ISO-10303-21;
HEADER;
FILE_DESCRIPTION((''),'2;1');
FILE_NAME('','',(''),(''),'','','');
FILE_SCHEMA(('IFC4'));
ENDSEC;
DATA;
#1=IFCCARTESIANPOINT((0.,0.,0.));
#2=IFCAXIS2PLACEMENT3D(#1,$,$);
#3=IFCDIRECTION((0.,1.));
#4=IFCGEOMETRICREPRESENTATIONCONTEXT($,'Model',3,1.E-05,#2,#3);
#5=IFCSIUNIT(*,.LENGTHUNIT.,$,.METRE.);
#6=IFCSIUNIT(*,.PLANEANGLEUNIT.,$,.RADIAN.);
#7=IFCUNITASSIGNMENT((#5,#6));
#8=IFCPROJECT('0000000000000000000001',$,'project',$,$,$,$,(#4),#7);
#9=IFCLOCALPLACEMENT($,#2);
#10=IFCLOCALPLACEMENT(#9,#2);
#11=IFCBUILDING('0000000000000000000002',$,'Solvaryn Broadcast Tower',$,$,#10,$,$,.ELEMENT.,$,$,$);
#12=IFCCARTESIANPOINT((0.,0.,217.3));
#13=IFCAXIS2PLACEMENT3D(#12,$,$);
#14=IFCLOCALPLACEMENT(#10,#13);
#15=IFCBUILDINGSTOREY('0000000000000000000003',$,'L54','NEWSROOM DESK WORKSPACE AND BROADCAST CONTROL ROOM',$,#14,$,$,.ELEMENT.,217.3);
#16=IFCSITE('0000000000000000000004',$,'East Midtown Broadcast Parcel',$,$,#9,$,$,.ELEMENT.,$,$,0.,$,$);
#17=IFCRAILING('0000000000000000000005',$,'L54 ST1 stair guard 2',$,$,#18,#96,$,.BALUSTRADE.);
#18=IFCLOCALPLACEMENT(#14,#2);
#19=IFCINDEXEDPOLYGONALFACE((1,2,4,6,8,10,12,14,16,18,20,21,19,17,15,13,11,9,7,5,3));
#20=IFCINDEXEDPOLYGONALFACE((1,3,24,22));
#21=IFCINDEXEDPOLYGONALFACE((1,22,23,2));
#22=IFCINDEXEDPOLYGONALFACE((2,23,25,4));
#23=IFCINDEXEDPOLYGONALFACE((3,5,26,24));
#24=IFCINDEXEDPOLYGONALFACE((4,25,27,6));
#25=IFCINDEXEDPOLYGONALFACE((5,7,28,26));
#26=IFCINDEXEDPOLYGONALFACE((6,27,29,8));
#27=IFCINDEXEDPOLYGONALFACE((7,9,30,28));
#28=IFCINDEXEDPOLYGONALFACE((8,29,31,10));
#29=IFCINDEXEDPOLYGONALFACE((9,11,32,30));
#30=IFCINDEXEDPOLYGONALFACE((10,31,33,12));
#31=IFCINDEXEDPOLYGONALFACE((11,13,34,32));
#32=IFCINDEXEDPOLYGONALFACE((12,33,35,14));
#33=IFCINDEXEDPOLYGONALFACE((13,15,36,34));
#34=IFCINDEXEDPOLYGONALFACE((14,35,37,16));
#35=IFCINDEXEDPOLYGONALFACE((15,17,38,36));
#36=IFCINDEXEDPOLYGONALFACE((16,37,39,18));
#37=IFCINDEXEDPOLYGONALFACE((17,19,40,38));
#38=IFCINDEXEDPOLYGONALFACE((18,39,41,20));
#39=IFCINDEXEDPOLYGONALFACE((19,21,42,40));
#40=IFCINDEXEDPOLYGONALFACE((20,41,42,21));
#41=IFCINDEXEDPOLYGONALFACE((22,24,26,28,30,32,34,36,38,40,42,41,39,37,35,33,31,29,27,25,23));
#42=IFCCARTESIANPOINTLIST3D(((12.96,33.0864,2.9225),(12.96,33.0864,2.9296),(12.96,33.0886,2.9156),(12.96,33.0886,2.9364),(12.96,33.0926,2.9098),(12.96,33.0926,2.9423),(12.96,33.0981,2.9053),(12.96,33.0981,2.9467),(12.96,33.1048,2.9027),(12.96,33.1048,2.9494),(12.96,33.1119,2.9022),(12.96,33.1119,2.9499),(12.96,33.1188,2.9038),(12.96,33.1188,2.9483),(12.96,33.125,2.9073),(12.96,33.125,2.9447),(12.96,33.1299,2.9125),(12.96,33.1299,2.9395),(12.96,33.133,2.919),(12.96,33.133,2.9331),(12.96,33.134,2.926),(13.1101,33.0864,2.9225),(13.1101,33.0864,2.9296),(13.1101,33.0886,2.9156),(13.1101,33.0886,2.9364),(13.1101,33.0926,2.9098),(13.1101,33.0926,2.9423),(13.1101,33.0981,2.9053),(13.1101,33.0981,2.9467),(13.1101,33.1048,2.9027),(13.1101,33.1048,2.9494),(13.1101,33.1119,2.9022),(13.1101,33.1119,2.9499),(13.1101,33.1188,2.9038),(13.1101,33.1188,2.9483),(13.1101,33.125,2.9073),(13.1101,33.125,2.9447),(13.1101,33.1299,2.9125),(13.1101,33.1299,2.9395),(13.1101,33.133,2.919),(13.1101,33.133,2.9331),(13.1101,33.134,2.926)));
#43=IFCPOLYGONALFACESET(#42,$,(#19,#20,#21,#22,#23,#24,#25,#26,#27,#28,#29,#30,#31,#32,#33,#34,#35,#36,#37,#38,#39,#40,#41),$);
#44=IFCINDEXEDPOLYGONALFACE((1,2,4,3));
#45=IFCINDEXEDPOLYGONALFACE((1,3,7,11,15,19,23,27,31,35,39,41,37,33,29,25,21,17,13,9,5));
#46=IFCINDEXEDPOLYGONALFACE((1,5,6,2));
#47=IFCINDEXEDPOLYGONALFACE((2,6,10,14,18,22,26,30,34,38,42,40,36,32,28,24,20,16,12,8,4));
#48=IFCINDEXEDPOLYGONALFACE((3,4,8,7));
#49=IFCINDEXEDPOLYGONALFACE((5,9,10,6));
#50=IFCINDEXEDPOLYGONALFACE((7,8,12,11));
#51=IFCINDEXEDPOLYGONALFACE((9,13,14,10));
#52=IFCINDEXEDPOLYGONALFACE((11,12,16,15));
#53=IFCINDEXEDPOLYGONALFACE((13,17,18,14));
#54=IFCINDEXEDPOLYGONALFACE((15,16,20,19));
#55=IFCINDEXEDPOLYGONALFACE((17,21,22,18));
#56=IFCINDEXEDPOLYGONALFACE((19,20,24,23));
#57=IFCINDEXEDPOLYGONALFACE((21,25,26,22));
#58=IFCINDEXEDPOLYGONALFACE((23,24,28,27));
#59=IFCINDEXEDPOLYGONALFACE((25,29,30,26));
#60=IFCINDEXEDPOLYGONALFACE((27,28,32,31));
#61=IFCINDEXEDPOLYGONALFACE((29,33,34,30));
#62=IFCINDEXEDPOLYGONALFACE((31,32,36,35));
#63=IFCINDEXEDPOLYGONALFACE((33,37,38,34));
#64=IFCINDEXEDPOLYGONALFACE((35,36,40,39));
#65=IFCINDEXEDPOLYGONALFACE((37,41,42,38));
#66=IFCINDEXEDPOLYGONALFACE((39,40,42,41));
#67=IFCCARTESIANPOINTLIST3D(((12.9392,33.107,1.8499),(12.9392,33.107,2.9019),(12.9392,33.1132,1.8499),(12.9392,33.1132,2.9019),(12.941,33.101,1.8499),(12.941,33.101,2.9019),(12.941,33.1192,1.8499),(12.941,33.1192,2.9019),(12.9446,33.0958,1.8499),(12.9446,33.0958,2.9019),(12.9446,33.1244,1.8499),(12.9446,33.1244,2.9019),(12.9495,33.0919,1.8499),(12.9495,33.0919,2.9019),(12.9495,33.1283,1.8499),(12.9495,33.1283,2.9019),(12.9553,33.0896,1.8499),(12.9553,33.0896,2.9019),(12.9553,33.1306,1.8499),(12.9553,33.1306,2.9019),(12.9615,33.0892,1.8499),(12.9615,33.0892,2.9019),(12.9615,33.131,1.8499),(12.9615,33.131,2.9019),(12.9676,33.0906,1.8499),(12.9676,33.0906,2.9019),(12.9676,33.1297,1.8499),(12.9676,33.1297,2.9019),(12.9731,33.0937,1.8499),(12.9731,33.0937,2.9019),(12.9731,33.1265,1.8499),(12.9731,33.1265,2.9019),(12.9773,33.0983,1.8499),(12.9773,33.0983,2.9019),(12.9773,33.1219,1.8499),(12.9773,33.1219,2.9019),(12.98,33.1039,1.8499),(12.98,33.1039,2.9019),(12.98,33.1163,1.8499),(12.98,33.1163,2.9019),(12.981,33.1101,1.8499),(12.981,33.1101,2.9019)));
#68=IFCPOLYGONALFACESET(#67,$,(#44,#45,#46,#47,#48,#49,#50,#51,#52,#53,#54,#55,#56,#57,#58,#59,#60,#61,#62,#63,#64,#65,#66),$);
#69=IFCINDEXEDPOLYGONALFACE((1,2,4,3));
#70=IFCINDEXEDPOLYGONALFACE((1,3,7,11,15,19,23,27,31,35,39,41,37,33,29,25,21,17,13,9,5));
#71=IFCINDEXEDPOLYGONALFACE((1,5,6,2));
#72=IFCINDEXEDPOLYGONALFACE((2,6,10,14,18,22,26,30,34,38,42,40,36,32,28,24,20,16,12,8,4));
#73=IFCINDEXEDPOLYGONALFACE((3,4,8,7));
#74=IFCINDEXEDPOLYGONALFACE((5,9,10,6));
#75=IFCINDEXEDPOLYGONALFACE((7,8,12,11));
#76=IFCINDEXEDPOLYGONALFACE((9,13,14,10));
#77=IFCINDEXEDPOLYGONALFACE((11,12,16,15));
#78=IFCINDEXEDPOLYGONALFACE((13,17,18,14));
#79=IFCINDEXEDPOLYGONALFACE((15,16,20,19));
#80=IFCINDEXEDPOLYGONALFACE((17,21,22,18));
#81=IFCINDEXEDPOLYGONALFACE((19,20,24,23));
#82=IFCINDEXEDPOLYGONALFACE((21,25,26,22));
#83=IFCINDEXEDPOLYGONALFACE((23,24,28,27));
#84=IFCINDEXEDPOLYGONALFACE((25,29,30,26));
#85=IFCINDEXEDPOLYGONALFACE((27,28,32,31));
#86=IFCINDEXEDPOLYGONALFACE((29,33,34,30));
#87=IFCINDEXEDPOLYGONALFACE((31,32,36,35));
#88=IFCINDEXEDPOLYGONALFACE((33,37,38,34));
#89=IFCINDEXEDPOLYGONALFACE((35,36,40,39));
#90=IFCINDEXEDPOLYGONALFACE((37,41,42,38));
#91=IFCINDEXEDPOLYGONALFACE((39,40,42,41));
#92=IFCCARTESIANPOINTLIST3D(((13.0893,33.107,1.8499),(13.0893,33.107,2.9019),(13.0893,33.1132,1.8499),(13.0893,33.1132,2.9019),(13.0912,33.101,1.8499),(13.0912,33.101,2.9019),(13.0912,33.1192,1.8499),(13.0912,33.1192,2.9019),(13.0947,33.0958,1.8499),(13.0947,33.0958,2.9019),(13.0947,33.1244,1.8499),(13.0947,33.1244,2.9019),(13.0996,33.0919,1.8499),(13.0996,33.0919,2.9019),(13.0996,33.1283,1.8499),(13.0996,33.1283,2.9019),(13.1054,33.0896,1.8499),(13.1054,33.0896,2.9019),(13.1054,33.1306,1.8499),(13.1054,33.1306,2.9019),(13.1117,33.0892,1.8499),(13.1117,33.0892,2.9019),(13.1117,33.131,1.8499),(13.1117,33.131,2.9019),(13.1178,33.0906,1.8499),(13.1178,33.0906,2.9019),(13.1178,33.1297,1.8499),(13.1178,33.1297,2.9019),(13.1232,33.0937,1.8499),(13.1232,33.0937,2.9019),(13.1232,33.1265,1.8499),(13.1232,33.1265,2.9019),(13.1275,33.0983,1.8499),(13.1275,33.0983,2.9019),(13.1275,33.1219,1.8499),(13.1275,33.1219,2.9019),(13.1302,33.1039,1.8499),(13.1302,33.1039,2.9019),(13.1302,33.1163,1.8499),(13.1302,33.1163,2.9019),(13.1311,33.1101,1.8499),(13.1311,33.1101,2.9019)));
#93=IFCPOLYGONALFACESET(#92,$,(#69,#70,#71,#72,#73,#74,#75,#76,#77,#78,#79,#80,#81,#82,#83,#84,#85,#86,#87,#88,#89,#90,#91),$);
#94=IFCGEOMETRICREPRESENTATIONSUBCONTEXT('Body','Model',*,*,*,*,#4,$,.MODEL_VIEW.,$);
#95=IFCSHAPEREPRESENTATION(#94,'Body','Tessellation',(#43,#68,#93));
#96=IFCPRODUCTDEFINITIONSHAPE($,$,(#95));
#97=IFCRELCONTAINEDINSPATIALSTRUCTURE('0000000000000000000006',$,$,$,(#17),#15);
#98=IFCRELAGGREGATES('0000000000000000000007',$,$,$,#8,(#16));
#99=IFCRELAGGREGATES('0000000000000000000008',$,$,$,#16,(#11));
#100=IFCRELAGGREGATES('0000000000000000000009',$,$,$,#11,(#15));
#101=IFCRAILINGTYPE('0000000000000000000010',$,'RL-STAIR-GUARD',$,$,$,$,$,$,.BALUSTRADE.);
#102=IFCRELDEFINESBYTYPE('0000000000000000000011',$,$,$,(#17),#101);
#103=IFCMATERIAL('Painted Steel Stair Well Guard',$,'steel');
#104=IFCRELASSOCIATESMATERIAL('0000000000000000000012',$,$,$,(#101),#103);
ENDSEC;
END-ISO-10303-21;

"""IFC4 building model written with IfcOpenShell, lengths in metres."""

from ifc_helpers import new_model, si_unit, direction, frame, origin, origin_2d, place, context, subcontext, project, spatial, circle, extrude, material, type_object, element, save


model = new_model("IFC4")

# Units and contexts
model_context = context("Model", 3, precision=1e-05, world=origin(), true_north=direction((0.0, 1.0)))
body_context = subcontext(model_context, "Body", "Model", "MODEL_VIEW")
ifc_project = project(units=[si_unit("LENGTHUNIT", "METRE"), si_unit("PLANEANGLEUNIT", "RADIAN")], contexts=[model_context])

# Site, building, storey
site_placement = place(None, origin())
site = spatial("IfcSite", under=ifc_project, at=site_placement, Name="East Midtown Broadcast Parcel", CompositionType="ELEMENT", RefElevation=0.0)
building_placement = place(site_placement, origin())
building = spatial("IfcBuilding", under=site, at=building_placement, Name="Solvaryn Broadcast Tower", CompositionType="ELEMENT")
storey_placement = place(building_placement, frame((0.0, 0.0, 217.3)))
storey = spatial("IfcBuildingStorey", under=building, at=storey_placement, Name="L54", Description="NEWSROOM DESK WORKSPACE AND BROADCAST CONTROL ROOM", CompositionType="ELEMENT", Elevation=217.3)

# Railing
ifc_material_1 = material(Name="Painted Steel Stair Well Guard", Category="steel")
railing_type_1 = type_object("IfcRailingType", Name="RL-STAIR-GUARD", PredefinedType="BALUSTRADE", material=ifc_material_1)
railing_1_placement = place(storey_placement, frame((12.96, 33.1101, 1.8499)))
element("IfcRailing", 1, at=railing_1_placement, inside=storey, type_object=railing_type_1, Name="L54 ST1 stair guard 2", PredefinedType="BALUSTRADE", context=body_context, shape_type="SweptSolid", body=[
    extrude(circle(Radius=0.0239, at=origin_2d()), frame((0.0, 0.0, 1.0762), z_axis=(1.0, 0.0, 0.0), x_axis=(0.0, 1.0, 0.0)), (0.0, 0.0, 1.0), 0.1501),
    extrude(circle(Radius=0.021, at=origin_2d()), origin(), (0.0, 0.0, 1.0), 1.052),
    extrude(circle(Radius=0.021, at=origin_2d()), frame((0.1501, 0.0, 0.0)), (0.0, 0.0, 1.0), 1.052),
])

save(model, "model.ifc")
